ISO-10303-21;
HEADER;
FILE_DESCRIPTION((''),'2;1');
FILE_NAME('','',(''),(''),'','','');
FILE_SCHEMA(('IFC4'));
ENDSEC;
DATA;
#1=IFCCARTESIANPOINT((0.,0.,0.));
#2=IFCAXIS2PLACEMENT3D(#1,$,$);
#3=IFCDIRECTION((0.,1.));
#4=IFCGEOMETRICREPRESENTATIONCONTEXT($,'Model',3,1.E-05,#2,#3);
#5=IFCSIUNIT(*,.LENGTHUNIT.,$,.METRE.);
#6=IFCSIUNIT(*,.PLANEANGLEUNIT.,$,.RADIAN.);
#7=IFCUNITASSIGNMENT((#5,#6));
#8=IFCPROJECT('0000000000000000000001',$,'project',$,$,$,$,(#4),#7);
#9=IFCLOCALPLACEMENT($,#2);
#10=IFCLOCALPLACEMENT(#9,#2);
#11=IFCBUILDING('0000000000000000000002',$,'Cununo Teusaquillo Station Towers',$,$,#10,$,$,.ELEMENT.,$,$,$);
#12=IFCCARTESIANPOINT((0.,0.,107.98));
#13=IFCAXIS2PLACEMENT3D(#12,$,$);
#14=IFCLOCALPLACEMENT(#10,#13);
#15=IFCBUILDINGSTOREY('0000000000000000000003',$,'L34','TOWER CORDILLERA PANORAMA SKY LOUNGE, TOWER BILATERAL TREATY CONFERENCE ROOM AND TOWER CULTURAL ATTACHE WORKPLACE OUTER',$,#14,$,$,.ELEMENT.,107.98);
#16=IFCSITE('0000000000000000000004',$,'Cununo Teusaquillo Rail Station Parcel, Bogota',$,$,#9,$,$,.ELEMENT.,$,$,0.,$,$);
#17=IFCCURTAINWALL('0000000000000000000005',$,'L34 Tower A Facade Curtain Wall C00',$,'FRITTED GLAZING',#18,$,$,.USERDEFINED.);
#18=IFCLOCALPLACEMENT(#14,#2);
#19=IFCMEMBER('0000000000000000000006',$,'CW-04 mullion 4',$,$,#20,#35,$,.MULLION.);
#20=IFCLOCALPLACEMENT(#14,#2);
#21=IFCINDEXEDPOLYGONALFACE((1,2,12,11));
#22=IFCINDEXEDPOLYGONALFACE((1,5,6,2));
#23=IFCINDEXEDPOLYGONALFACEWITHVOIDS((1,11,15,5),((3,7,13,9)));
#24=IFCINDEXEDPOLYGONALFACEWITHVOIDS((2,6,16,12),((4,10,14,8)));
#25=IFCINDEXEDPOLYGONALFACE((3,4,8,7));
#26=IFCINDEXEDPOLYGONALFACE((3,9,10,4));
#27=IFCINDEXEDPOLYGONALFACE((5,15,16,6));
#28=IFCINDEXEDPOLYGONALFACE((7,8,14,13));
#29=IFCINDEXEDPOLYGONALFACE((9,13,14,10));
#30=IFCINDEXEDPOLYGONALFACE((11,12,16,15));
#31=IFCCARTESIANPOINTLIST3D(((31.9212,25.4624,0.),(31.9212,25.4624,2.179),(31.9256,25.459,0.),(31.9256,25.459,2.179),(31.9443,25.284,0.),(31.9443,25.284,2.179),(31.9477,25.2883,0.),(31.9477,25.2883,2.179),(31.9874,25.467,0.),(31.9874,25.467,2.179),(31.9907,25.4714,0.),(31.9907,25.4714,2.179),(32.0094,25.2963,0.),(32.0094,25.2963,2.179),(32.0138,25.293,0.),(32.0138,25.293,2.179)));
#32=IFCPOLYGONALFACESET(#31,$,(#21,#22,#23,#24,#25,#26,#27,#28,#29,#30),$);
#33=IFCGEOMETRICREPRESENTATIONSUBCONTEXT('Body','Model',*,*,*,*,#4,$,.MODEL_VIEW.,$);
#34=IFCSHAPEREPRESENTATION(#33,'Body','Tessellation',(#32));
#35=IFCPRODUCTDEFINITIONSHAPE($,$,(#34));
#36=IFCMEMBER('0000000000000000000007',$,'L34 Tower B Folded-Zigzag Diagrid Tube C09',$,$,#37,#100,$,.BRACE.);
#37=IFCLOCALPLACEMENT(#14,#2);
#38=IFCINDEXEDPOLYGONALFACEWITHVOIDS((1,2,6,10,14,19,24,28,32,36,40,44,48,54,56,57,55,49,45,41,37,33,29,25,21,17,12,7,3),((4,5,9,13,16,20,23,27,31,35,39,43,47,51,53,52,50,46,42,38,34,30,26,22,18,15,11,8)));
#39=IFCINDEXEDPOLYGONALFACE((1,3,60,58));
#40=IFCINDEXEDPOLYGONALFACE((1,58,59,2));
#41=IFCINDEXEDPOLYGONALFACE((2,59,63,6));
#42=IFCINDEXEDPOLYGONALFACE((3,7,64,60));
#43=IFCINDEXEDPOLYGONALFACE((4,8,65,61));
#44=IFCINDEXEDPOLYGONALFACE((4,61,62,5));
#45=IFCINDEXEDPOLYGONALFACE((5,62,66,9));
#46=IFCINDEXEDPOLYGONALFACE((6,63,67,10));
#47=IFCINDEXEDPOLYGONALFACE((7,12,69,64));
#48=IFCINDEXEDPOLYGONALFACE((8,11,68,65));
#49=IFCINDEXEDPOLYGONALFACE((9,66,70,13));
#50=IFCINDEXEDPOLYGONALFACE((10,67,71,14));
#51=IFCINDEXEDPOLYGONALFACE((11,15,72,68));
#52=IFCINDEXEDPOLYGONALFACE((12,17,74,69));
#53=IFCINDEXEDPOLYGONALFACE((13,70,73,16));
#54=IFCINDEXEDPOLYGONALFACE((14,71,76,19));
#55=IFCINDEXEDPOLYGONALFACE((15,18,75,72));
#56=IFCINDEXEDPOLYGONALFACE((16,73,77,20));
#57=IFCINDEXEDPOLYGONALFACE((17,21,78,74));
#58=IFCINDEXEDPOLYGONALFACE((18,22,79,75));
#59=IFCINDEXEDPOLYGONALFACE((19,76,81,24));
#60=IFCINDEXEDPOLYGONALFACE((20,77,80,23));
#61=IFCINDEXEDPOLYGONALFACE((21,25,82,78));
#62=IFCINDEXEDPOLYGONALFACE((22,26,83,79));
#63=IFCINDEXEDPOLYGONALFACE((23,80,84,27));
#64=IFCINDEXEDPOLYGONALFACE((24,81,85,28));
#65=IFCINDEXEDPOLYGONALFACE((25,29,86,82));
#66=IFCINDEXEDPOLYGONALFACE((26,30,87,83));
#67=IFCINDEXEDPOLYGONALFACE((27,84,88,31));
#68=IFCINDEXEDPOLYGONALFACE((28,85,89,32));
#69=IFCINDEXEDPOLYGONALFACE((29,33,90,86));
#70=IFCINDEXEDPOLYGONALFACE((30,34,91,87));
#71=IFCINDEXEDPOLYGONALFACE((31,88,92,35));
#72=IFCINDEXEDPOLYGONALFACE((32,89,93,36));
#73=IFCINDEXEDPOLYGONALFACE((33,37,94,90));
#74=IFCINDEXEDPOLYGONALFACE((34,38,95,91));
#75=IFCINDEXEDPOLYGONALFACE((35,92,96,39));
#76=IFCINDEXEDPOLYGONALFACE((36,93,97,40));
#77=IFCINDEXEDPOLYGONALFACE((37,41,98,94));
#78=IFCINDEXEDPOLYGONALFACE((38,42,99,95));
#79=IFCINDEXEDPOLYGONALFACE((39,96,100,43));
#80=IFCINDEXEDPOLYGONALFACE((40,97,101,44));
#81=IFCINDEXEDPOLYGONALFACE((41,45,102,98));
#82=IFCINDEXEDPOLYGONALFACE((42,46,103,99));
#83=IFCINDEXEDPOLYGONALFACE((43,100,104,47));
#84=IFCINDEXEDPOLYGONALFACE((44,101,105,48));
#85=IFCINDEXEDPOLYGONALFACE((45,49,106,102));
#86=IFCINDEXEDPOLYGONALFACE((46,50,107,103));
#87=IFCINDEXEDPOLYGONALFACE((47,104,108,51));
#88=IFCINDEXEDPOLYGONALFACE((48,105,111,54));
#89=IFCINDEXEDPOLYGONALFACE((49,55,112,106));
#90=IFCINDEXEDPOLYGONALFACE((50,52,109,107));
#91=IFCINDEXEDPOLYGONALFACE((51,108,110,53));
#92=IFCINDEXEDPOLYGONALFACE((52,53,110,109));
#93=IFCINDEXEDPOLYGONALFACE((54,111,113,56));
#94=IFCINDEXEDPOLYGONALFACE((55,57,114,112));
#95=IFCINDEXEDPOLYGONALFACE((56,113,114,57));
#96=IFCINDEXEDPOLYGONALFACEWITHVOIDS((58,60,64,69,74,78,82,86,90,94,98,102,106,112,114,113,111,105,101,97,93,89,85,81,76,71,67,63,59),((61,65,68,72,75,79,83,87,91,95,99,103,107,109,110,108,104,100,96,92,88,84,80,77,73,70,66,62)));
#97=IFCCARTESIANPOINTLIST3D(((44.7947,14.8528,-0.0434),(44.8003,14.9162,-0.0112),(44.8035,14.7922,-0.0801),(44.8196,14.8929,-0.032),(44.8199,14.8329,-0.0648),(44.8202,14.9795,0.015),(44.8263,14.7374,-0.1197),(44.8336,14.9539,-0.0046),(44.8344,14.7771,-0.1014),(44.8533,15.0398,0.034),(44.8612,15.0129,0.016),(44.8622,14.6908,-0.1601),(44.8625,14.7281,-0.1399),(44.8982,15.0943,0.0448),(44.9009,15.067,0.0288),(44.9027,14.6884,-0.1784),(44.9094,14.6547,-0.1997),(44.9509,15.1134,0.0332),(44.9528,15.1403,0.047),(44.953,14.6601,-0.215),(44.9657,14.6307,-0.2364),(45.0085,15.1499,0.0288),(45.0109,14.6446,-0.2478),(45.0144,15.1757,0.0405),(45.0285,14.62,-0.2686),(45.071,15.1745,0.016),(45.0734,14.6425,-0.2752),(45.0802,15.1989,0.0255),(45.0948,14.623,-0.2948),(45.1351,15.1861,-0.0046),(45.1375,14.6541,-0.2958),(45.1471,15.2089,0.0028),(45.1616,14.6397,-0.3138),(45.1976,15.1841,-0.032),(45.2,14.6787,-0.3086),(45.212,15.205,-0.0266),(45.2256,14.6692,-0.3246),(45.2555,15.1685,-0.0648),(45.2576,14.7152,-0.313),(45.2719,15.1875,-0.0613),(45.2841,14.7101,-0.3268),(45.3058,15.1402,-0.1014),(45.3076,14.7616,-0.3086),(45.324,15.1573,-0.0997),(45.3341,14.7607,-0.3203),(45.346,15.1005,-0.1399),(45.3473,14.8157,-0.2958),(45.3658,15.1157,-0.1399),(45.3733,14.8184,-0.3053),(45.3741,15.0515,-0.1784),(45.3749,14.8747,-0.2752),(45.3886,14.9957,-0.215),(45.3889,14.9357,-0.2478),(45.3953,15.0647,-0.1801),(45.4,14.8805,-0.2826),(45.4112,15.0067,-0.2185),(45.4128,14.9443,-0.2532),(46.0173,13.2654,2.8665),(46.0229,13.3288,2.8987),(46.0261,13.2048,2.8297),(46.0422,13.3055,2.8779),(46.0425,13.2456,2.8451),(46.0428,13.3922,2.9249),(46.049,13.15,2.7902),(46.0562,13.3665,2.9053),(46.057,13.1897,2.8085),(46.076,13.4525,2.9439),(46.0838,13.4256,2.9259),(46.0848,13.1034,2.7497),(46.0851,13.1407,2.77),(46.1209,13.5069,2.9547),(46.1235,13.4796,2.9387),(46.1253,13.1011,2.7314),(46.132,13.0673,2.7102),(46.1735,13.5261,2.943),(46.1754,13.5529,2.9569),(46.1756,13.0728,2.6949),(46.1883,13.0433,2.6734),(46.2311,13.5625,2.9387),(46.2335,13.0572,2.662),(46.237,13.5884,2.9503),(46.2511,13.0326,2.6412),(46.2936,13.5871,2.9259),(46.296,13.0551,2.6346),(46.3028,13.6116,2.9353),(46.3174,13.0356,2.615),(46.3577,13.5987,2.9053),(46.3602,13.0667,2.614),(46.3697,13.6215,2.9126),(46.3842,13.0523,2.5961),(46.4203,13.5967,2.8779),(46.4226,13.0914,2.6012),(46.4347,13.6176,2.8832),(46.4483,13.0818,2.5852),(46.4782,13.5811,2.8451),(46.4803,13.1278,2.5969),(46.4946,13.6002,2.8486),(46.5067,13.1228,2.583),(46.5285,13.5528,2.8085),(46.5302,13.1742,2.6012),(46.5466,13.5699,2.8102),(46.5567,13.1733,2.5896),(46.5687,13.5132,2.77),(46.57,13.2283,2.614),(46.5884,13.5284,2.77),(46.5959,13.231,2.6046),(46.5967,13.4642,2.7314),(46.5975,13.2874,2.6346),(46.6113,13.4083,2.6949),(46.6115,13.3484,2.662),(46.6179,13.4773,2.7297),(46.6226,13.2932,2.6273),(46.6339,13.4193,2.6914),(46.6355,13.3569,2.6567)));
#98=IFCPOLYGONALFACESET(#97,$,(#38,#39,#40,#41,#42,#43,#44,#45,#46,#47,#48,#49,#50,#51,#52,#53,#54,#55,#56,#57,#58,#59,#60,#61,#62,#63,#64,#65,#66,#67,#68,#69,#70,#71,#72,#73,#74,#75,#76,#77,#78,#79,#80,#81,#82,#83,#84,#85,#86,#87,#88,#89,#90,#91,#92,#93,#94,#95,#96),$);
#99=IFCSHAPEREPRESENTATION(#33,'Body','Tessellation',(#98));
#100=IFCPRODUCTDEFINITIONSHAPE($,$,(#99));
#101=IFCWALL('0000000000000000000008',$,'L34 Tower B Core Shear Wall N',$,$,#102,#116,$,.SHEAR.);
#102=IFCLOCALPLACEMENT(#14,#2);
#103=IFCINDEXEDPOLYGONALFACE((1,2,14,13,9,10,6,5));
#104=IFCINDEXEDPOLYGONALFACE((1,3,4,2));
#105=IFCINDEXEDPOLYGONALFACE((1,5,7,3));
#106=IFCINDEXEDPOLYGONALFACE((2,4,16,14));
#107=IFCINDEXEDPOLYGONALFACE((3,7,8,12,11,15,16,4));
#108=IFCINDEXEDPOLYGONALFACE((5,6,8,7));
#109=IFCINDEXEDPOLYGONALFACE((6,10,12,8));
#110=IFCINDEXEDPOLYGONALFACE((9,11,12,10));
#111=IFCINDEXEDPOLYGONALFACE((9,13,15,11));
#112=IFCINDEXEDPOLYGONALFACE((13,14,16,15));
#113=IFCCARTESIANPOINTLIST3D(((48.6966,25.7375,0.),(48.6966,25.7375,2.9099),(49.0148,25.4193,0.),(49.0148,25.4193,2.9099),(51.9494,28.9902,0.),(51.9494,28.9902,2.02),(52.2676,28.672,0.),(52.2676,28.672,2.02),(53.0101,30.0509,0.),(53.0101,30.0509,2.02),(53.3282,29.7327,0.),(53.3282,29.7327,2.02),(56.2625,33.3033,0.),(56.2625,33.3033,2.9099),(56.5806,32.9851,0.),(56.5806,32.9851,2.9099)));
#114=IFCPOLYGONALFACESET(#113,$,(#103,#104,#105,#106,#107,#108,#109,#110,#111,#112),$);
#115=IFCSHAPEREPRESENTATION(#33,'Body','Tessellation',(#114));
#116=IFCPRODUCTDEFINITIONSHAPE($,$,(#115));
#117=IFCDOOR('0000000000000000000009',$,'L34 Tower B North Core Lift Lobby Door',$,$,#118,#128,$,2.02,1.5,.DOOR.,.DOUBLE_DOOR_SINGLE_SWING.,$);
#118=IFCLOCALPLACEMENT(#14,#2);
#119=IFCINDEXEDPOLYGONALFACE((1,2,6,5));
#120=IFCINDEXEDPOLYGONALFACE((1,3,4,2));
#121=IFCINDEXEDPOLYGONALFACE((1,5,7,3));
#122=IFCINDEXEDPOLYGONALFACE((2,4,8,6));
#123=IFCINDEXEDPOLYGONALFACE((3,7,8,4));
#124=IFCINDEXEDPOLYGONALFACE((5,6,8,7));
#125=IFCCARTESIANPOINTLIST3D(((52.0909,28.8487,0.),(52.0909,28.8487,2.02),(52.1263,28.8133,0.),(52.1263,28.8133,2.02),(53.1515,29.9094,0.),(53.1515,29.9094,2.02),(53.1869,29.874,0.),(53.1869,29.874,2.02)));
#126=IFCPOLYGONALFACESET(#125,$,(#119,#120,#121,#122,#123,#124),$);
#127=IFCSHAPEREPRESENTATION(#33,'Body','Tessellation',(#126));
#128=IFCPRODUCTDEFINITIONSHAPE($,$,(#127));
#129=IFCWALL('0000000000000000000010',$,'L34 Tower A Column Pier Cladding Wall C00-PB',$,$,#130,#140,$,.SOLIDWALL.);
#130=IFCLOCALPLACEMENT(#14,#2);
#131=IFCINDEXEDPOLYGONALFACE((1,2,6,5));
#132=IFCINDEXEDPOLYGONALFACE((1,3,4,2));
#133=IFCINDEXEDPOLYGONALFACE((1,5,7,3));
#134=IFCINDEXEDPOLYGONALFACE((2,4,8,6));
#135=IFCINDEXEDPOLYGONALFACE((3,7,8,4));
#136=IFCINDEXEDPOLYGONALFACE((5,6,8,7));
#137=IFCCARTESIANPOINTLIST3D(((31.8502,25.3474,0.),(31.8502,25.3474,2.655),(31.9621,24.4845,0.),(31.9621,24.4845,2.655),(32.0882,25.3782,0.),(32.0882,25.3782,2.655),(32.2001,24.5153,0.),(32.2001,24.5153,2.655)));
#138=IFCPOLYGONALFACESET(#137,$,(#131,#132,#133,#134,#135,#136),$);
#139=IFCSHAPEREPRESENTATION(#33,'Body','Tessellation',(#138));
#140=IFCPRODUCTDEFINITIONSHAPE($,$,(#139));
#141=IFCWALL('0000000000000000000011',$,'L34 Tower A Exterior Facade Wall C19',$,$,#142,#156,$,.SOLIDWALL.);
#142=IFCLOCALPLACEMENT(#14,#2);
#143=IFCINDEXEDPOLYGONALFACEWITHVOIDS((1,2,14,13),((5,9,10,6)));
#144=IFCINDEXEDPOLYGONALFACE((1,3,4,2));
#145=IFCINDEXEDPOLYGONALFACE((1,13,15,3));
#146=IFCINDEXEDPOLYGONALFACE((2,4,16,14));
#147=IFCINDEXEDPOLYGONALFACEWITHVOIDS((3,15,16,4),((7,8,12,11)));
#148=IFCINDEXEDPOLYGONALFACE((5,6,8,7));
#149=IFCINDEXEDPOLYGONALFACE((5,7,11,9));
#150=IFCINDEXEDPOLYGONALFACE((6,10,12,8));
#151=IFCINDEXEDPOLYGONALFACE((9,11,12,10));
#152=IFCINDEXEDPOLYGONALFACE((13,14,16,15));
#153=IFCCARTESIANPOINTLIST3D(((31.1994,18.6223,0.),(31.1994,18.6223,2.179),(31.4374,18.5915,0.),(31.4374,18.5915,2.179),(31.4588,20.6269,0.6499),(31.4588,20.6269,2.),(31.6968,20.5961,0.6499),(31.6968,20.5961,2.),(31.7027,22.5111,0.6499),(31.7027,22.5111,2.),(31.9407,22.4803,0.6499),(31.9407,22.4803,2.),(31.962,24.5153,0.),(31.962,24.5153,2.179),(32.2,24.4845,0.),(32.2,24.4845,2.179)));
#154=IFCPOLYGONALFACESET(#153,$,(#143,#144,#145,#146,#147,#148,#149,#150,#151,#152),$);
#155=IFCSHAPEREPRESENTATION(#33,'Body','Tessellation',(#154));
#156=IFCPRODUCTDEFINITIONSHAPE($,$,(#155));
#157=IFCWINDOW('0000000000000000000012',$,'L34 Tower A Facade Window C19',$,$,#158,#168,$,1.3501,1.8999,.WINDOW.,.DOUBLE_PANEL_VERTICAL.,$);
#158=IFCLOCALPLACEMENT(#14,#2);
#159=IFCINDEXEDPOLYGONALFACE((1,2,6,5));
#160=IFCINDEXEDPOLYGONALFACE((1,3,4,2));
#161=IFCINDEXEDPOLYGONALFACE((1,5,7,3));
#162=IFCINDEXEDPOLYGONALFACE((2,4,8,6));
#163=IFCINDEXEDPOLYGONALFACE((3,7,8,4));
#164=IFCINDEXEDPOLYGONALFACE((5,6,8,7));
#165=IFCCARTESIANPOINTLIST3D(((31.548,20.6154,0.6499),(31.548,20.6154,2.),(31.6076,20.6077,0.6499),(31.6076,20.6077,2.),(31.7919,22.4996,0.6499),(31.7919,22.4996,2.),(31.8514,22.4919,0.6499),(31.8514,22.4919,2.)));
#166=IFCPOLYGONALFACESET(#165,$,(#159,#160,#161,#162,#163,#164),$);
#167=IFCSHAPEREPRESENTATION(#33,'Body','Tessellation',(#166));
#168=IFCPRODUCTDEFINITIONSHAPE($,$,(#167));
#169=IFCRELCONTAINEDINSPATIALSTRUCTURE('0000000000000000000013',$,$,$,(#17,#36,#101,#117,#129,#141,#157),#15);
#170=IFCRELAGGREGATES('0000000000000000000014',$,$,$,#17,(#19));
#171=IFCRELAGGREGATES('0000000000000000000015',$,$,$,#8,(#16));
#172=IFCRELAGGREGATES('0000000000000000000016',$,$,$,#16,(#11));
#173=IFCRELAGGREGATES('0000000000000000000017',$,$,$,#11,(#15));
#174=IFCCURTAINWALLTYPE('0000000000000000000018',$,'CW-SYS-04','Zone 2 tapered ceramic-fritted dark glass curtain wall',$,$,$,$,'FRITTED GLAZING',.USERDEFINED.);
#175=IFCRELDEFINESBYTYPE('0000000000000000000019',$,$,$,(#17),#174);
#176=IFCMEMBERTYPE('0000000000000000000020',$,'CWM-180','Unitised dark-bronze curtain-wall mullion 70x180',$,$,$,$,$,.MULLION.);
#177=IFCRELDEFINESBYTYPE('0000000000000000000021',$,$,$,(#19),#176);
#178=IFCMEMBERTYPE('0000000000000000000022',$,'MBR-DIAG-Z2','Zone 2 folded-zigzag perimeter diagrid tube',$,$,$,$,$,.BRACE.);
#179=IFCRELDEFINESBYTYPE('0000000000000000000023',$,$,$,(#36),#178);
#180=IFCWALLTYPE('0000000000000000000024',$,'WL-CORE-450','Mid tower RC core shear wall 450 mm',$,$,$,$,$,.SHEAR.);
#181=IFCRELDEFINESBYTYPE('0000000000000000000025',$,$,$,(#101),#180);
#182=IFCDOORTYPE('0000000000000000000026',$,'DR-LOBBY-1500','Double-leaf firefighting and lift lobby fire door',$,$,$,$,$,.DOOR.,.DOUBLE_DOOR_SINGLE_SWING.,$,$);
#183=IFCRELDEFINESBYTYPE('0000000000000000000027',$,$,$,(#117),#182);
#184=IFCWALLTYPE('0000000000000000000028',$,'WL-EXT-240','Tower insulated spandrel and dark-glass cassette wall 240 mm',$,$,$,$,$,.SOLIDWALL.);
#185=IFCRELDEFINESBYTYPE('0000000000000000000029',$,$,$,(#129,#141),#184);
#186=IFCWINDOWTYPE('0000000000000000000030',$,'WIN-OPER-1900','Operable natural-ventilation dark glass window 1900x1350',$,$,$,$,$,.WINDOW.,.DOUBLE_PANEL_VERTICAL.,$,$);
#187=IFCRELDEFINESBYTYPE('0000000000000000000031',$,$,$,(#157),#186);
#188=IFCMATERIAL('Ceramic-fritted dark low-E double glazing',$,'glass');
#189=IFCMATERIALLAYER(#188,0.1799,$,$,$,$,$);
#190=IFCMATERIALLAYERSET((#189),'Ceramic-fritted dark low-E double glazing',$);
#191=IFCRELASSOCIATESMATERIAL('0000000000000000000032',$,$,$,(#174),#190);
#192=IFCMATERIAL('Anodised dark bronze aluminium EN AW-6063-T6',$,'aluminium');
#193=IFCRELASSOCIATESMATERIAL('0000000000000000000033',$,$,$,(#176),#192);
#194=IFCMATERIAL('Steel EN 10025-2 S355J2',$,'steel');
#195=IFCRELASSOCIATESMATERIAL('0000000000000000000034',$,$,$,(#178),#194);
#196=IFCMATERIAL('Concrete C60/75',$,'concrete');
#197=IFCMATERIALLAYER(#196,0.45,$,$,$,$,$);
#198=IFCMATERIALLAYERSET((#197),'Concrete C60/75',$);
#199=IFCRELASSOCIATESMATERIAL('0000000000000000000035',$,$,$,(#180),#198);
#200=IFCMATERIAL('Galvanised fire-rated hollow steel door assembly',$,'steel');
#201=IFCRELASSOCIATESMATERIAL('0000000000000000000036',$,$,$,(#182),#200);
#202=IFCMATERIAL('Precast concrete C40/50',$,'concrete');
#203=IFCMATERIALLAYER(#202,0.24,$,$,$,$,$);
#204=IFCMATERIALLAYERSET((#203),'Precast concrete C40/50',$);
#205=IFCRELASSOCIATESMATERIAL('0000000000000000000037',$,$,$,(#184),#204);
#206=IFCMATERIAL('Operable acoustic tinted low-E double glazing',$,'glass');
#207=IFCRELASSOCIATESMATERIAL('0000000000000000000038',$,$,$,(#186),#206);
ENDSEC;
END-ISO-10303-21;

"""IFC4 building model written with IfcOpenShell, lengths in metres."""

from ifc_helpers import new_model, si_unit, direction, frame, frame_2d, origin, origin_2d, place, context, subcontext, project, spatial, rectangle, hollow_rectangle, hollow_circle, extrude, source, transform, mapped, material, layer, layer_set, material_profile, profile_set, type_object, element, fill, aggregate, save


model = new_model("IFC4")

# Units and contexts
model_context = context("Model", 3, precision=1e-05, world=origin(), true_north=direction((0.0, 1.0)))
body_context = subcontext(model_context, "Body", "Model", "MODEL_VIEW")
ifc_project = project(units=[si_unit("LENGTHUNIT", "METRE"), si_unit("PLANEANGLEUNIT", "RADIAN")], contexts=[model_context])

# Site, building, storey
site_placement = place(None, origin())
site = spatial("IfcSite", under=ifc_project, at=site_placement, Name="Cununo Teusaquillo Rail Station Parcel, Bogota", CompositionType="ELEMENT", RefElevation=0.0)
building_placement = place(site_placement, origin())
building = spatial("IfcBuilding", under=site, at=building_placement, Name="Cununo Teusaquillo Station Towers", CompositionType="ELEMENT")
storey_placement = place(building_placement, frame((0.0, 0.0, 107.98)))
storey = spatial("IfcBuildingStorey", under=building, at=storey_placement, Name="L34", Description="TOWER CORDILLERA PANORAMA SKY LOUNGE, TOWER BILATERAL TREATY CONFERENCE ROOM AND TOWER CULTURAL ATTACHE WORKPLACE OUTER", CompositionType="ELEMENT", Elevation=107.98)

# Curtain wall, member
ifc_material_1 = material(Name="Ceramic-fritted dark low-E double glazing", Category="glass")
ifc_layer_1 = layer(ifc_material_1, 0.1799)
ifc_layer_set_1 = layer_set([ifc_layer_1], Name="Ceramic-fritted dark low-E double glazing")
curtain_wall_type = type_object("IfcCurtainWallType", Name="CW-SYS-04", Description="Zone 2 tapered ceramic-fritted dark glass curtain wall", ElementType="FRITTED GLAZING", PredefinedType="USERDEFINED", material=ifc_layer_set_1)
curtain_wall_placement = place(storey_placement, origin())
curtain_wall = element("IfcCurtainWall", 1, at=curtain_wall_placement, inside=storey, type_object=curtain_wall_type, Name="L34 Tower A Facade Curtain Wall C00", ObjectType="FRITTED GLAZING", PredefinedType="USERDEFINED")
ifc_material_2 = material(Name="Anodised dark bronze aluminium EN AW-6063-T6", Category="aluminium")
ifc_material_profile_1 = material_profile(ifc_material_2, hollow_rectangle(XDim=0.0701, YDim=0.1799, WallThickness=0.0039, at=origin_2d()), Name="CW-MULL-70x180")
ifc_profile_set_1 = profile_set([ifc_material_profile_1], Name="Anodised dark bronze aluminium EN AW-6063-T6")
member_type_1 = type_object("IfcMemberType", Name="CWM-180", Description="Unitised dark-bronze curtain-wall mullion 70x180", PredefinedType="MULLION", material=ifc_profile_set_1)
member_1_placement = place(storey_placement, frame((31.9675, 25.3777, 0.0), z_axis=(0.0, 0.0, 1.0), x_axis=(0.991731, 0.128336, 0.0)))
member_1 = element("IfcMember", 2, at=member_1_placement, type_object=member_type_1, Name="CW-04 mullion 4", PredefinedType="MULLION", context=body_context, shape_type="SweptSolid", body=[
    extrude(hollow_rectangle(XDim=0.0701, YDim=0.1799, WallThickness=0.0039, at=origin_2d()), origin(), (0.0, 0.0, 1.0), 2.179),
])
aggregate(curtain_wall, [member_1])

# Member
ifc_material_3 = material(Name="Steel EN 10025-2 S355J2", Category="steel")
ifc_material_profile_2 = material_profile(ifc_material_3, hollow_circle(Radius=0.3301, WallThickness=0.0249, at=origin_2d()), Name="CHS 660x25")
ifc_profile_set_2 = profile_set([ifc_material_profile_2], Name="Steel EN 10025-2 S355J2")
member_type_2 = type_object("IfcMemberType", Name="MBR-DIAG-Z2", Description="Zone 2 folded-zigzag perimeter diagrid tube", PredefinedType="BRACE", material=ifc_profile_set_2)
member_2_placement = place(storey_placement, frame((45.1042, 14.9143, -0.1399), z_axis=(0.346064, -0.449303, 0.82363), x_axis=(0.792243, 0.610205, 0.0)))
element("IfcMember", 3, at=member_2_placement, inside=storey, type_object=member_type_2, Name="L34 Tower B Folded-Zigzag Diagrid Tube C09", PredefinedType="BRACE", context=body_context, shape_type="SweptSolid", body=[
    extrude(hollow_circle(Radius=0.3301, WallThickness=0.0249, at=origin_2d()), origin(), (0.0, 0.0, 1.0), 3.533),
])

# Wall, opening, door
ifc_material_4 = material(Name="Concrete C60/75", Category="concrete")
ifc_layer_2 = layer(ifc_material_4, 0.45)
ifc_layer_set_2 = layer_set([ifc_layer_2], Name="Concrete C60/75")
wall_type_1 = type_object("IfcWallType", Name="WL-CORE-450", Description="Mid tower RC core shear wall 450 mm", PredefinedType="SHEAR", material=ifc_layer_set_2)
wall_1_placement = place(storey_placement, frame((48.8557, 25.5784, 0.0), z_axis=(0.0, 0.0, 1.0), x_axis=(0.707107, 0.707107, 0.0)))
wall_1 = element("IfcWall", 4, at=wall_1_placement, inside=storey, type_object=wall_type_1, Name="L34 Tower B Core Shear Wall N", PredefinedType="SHEAR", context=body_context, shape_type="SweptSolid", body=[
    extrude(rectangle(XDim=10.6997, YDim=0.45, at=frame_2d((5.3499, 0.0))), origin(), (0.0, 0.0, 1.0), 2.9099),
])
shared_shape_1 = source(origin(), body_context, "Body", "SweptSolid", [
    extrude(rectangle(XDim=1.5, YDim=2.02, at=frame_2d((0.75, 1.01))), frame((0.0, 0.2349, 0.0), z_axis=(0.0, -1.0, 0.0), x_axis=(1.0, 0.0, 0.0)), (0.0, 0.0, 1.0), 0.47),
])
opening_1_placement = place(wall_1_placement, frame((4.6001, 0.0, 0.0)))
opening_1 = element("IfcOpeningElement", 5, at=opening_1_placement, cuts=wall_1, PredefinedType="OPENING", context=body_context, shape_type="MappedRepresentation", body=[
    mapped(shared_shape_1, transform((0.0, 0.0, 0.0), x_axis=(1.0, 0.0, 0.0), y_axis=(0.0, 1.0, 0.0), z_axis=(0.0, 0.0, 1.0), scale=1.0)),
])
ifc_material_5 = material(Name="Galvanised fire-rated hollow steel door assembly", Category="steel")
door_type_1 = type_object("IfcDoorType", Name="DR-LOBBY-1500", Description="Double-leaf firefighting and lift lobby fire door", OperationType="DOUBLE_DOOR_SINGLE_SWING", PredefinedType="DOOR", material=ifc_material_5)
shared_shape_2 = source(origin(), body_context, "Body", "SweptSolid", [
    extrude(rectangle(XDim=1.5, YDim=2.02, at=frame_2d((0.75, 1.01))), frame((0.0, 0.0249, 0.0), z_axis=(0.0, -1.0, 0.0), x_axis=(1.0, 0.0, 0.0)), (0.0, 0.0, 1.0), 0.05),
])
door_1_placement = place(opening_1_placement, origin())
door_1 = element("IfcDoor", 6, at=door_1_placement, inside=storey, type_object=door_type_1, Name="L34 Tower B North Core Lift Lobby Door", OperationType="DOUBLE_DOOR_SINGLE_SWING", OverallHeight=2.02, OverallWidth=1.5, PredefinedType="DOOR", context=body_context, shape_type="MappedRepresentation", body=[
    mapped(shared_shape_2, transform((0.0, 0.0, 0.0), x_axis=(1.0, 0.0, 0.0), y_axis=(0.0, 1.0, 0.0), z_axis=(0.0, 0.0, 1.0), scale=1.0)),
])
fill(opening_1, door_1)

# Wall
ifc_material_6 = material(Name="Precast concrete C40/50", Category="concrete")
ifc_layer_3 = layer(ifc_material_6, 0.24)
ifc_layer_set_3 = layer_set([ifc_layer_3], Name="Precast concrete C40/50")
wall_type_2 = type_object("IfcWallType", Name="WL-EXT-240", Description="Tower insulated spandrel and dark-glass cassette wall 240 mm", PredefinedType="SOLIDWALL", material=ifc_layer_set_3)
wall_2_placement = place(storey_placement, frame((31.9692, 25.3628, 0.0), z_axis=(0.0, 0.0, 1.0), x_axis=(0.128523, -0.991706, 0.0)))
element("IfcWall", 7, at=wall_2_placement, inside=storey, type_object=wall_type_2, Name="L34 Tower A Column Pier Cladding Wall C00-PB", PredefinedType="SOLIDWALL", context=body_context, shape_type="SweptSolid", body=[
    extrude(rectangle(XDim=0.8701, YDim=0.24, at=frame_2d((0.4351, 0.0))), origin(), (0.0, 0.0, 1.0), 2.655),
])

# Wall, opening, window
wall_3_placement = place(storey_placement, frame((32.0811, 24.5, 0.0), z_axis=(0.0, 0.0, 1.0), x_axis=(-0.128352, -0.991729, 0.0)))
wall_3 = element("IfcWall", 8, at=wall_3_placement, inside=storey, type_object=wall_type_2, Name="L34 Tower A Exterior Facade Wall C19", PredefinedType="SOLIDWALL", context=body_context, shape_type="SweptSolid", body=[
    extrude(rectangle(XDim=5.9421, YDim=0.24, at=frame_2d((2.9712, 0.0))), origin(), (0.0, 0.0, 1.0), 2.179),
])
shared_shape_3 = source(origin(), body_context, "Body", "SweptSolid", [
    extrude(rectangle(XDim=1.8999, YDim=1.3501, at=frame_2d((0.95, 0.675))), frame((0.0, 0.1299, 0.0), z_axis=(0.0, -1.0, 0.0), x_axis=(1.0, 0.0, 0.0)), (0.0, 0.0, 1.0), 0.26),
])
opening_2_placement = place(wall_3_placement, frame((2.021, 0.0, 0.6499)))
opening_2 = element("IfcOpeningElement", 9, at=opening_2_placement, cuts=wall_3, PredefinedType="OPENING", context=body_context, shape_type="MappedRepresentation", body=[
    mapped(shared_shape_3, transform((0.0, 0.0, 0.0), x_axis=(1.0, 0.0, 0.0), y_axis=(0.0, 1.0, 0.0), z_axis=(0.0, 0.0, 1.0), scale=1.0)),
])
ifc_material_7 = material(Name="Operable acoustic tinted low-E double glazing", Category="glass")
window_type_1 = type_object("IfcWindowType", Name="WIN-OPER-1900", Description="Operable natural-ventilation dark glass window 1900x1350", PartitioningType="DOUBLE_PANEL_VERTICAL", PredefinedType="WINDOW", material=ifc_material_7)
shared_shape_4 = source(origin(), body_context, "Body", "SweptSolid", [
    extrude(rectangle(XDim=1.8999, YDim=1.3501, at=frame_2d((0.95, 0.675))), frame((0.0, 0.03, 0.0), z_axis=(0.0, -1.0, 0.0), x_axis=(1.0, 0.0, 0.0)), (0.0, 0.0, 1.0), 0.0601),
])
window_1_placement = place(opening_2_placement, origin())
window_1 = element("IfcWindow", 10, at=window_1_placement, inside=storey, type_object=window_type_1, Name="L34 Tower A Facade Window C19", OverallHeight=1.3501, OverallWidth=1.8999, PartitioningType="DOUBLE_PANEL_VERTICAL", PredefinedType="WINDOW", context=body_context, shape_type="MappedRepresentation", body=[
    mapped(shared_shape_4, transform((0.0, 0.0, 0.0), x_axis=(1.0, 0.0, 0.0), y_axis=(0.0, 1.0, 0.0), z_axis=(0.0, 0.0, 1.0), scale=1.0)),
])
fill(opening_2, window_1)

save(model, "model.ifc")
